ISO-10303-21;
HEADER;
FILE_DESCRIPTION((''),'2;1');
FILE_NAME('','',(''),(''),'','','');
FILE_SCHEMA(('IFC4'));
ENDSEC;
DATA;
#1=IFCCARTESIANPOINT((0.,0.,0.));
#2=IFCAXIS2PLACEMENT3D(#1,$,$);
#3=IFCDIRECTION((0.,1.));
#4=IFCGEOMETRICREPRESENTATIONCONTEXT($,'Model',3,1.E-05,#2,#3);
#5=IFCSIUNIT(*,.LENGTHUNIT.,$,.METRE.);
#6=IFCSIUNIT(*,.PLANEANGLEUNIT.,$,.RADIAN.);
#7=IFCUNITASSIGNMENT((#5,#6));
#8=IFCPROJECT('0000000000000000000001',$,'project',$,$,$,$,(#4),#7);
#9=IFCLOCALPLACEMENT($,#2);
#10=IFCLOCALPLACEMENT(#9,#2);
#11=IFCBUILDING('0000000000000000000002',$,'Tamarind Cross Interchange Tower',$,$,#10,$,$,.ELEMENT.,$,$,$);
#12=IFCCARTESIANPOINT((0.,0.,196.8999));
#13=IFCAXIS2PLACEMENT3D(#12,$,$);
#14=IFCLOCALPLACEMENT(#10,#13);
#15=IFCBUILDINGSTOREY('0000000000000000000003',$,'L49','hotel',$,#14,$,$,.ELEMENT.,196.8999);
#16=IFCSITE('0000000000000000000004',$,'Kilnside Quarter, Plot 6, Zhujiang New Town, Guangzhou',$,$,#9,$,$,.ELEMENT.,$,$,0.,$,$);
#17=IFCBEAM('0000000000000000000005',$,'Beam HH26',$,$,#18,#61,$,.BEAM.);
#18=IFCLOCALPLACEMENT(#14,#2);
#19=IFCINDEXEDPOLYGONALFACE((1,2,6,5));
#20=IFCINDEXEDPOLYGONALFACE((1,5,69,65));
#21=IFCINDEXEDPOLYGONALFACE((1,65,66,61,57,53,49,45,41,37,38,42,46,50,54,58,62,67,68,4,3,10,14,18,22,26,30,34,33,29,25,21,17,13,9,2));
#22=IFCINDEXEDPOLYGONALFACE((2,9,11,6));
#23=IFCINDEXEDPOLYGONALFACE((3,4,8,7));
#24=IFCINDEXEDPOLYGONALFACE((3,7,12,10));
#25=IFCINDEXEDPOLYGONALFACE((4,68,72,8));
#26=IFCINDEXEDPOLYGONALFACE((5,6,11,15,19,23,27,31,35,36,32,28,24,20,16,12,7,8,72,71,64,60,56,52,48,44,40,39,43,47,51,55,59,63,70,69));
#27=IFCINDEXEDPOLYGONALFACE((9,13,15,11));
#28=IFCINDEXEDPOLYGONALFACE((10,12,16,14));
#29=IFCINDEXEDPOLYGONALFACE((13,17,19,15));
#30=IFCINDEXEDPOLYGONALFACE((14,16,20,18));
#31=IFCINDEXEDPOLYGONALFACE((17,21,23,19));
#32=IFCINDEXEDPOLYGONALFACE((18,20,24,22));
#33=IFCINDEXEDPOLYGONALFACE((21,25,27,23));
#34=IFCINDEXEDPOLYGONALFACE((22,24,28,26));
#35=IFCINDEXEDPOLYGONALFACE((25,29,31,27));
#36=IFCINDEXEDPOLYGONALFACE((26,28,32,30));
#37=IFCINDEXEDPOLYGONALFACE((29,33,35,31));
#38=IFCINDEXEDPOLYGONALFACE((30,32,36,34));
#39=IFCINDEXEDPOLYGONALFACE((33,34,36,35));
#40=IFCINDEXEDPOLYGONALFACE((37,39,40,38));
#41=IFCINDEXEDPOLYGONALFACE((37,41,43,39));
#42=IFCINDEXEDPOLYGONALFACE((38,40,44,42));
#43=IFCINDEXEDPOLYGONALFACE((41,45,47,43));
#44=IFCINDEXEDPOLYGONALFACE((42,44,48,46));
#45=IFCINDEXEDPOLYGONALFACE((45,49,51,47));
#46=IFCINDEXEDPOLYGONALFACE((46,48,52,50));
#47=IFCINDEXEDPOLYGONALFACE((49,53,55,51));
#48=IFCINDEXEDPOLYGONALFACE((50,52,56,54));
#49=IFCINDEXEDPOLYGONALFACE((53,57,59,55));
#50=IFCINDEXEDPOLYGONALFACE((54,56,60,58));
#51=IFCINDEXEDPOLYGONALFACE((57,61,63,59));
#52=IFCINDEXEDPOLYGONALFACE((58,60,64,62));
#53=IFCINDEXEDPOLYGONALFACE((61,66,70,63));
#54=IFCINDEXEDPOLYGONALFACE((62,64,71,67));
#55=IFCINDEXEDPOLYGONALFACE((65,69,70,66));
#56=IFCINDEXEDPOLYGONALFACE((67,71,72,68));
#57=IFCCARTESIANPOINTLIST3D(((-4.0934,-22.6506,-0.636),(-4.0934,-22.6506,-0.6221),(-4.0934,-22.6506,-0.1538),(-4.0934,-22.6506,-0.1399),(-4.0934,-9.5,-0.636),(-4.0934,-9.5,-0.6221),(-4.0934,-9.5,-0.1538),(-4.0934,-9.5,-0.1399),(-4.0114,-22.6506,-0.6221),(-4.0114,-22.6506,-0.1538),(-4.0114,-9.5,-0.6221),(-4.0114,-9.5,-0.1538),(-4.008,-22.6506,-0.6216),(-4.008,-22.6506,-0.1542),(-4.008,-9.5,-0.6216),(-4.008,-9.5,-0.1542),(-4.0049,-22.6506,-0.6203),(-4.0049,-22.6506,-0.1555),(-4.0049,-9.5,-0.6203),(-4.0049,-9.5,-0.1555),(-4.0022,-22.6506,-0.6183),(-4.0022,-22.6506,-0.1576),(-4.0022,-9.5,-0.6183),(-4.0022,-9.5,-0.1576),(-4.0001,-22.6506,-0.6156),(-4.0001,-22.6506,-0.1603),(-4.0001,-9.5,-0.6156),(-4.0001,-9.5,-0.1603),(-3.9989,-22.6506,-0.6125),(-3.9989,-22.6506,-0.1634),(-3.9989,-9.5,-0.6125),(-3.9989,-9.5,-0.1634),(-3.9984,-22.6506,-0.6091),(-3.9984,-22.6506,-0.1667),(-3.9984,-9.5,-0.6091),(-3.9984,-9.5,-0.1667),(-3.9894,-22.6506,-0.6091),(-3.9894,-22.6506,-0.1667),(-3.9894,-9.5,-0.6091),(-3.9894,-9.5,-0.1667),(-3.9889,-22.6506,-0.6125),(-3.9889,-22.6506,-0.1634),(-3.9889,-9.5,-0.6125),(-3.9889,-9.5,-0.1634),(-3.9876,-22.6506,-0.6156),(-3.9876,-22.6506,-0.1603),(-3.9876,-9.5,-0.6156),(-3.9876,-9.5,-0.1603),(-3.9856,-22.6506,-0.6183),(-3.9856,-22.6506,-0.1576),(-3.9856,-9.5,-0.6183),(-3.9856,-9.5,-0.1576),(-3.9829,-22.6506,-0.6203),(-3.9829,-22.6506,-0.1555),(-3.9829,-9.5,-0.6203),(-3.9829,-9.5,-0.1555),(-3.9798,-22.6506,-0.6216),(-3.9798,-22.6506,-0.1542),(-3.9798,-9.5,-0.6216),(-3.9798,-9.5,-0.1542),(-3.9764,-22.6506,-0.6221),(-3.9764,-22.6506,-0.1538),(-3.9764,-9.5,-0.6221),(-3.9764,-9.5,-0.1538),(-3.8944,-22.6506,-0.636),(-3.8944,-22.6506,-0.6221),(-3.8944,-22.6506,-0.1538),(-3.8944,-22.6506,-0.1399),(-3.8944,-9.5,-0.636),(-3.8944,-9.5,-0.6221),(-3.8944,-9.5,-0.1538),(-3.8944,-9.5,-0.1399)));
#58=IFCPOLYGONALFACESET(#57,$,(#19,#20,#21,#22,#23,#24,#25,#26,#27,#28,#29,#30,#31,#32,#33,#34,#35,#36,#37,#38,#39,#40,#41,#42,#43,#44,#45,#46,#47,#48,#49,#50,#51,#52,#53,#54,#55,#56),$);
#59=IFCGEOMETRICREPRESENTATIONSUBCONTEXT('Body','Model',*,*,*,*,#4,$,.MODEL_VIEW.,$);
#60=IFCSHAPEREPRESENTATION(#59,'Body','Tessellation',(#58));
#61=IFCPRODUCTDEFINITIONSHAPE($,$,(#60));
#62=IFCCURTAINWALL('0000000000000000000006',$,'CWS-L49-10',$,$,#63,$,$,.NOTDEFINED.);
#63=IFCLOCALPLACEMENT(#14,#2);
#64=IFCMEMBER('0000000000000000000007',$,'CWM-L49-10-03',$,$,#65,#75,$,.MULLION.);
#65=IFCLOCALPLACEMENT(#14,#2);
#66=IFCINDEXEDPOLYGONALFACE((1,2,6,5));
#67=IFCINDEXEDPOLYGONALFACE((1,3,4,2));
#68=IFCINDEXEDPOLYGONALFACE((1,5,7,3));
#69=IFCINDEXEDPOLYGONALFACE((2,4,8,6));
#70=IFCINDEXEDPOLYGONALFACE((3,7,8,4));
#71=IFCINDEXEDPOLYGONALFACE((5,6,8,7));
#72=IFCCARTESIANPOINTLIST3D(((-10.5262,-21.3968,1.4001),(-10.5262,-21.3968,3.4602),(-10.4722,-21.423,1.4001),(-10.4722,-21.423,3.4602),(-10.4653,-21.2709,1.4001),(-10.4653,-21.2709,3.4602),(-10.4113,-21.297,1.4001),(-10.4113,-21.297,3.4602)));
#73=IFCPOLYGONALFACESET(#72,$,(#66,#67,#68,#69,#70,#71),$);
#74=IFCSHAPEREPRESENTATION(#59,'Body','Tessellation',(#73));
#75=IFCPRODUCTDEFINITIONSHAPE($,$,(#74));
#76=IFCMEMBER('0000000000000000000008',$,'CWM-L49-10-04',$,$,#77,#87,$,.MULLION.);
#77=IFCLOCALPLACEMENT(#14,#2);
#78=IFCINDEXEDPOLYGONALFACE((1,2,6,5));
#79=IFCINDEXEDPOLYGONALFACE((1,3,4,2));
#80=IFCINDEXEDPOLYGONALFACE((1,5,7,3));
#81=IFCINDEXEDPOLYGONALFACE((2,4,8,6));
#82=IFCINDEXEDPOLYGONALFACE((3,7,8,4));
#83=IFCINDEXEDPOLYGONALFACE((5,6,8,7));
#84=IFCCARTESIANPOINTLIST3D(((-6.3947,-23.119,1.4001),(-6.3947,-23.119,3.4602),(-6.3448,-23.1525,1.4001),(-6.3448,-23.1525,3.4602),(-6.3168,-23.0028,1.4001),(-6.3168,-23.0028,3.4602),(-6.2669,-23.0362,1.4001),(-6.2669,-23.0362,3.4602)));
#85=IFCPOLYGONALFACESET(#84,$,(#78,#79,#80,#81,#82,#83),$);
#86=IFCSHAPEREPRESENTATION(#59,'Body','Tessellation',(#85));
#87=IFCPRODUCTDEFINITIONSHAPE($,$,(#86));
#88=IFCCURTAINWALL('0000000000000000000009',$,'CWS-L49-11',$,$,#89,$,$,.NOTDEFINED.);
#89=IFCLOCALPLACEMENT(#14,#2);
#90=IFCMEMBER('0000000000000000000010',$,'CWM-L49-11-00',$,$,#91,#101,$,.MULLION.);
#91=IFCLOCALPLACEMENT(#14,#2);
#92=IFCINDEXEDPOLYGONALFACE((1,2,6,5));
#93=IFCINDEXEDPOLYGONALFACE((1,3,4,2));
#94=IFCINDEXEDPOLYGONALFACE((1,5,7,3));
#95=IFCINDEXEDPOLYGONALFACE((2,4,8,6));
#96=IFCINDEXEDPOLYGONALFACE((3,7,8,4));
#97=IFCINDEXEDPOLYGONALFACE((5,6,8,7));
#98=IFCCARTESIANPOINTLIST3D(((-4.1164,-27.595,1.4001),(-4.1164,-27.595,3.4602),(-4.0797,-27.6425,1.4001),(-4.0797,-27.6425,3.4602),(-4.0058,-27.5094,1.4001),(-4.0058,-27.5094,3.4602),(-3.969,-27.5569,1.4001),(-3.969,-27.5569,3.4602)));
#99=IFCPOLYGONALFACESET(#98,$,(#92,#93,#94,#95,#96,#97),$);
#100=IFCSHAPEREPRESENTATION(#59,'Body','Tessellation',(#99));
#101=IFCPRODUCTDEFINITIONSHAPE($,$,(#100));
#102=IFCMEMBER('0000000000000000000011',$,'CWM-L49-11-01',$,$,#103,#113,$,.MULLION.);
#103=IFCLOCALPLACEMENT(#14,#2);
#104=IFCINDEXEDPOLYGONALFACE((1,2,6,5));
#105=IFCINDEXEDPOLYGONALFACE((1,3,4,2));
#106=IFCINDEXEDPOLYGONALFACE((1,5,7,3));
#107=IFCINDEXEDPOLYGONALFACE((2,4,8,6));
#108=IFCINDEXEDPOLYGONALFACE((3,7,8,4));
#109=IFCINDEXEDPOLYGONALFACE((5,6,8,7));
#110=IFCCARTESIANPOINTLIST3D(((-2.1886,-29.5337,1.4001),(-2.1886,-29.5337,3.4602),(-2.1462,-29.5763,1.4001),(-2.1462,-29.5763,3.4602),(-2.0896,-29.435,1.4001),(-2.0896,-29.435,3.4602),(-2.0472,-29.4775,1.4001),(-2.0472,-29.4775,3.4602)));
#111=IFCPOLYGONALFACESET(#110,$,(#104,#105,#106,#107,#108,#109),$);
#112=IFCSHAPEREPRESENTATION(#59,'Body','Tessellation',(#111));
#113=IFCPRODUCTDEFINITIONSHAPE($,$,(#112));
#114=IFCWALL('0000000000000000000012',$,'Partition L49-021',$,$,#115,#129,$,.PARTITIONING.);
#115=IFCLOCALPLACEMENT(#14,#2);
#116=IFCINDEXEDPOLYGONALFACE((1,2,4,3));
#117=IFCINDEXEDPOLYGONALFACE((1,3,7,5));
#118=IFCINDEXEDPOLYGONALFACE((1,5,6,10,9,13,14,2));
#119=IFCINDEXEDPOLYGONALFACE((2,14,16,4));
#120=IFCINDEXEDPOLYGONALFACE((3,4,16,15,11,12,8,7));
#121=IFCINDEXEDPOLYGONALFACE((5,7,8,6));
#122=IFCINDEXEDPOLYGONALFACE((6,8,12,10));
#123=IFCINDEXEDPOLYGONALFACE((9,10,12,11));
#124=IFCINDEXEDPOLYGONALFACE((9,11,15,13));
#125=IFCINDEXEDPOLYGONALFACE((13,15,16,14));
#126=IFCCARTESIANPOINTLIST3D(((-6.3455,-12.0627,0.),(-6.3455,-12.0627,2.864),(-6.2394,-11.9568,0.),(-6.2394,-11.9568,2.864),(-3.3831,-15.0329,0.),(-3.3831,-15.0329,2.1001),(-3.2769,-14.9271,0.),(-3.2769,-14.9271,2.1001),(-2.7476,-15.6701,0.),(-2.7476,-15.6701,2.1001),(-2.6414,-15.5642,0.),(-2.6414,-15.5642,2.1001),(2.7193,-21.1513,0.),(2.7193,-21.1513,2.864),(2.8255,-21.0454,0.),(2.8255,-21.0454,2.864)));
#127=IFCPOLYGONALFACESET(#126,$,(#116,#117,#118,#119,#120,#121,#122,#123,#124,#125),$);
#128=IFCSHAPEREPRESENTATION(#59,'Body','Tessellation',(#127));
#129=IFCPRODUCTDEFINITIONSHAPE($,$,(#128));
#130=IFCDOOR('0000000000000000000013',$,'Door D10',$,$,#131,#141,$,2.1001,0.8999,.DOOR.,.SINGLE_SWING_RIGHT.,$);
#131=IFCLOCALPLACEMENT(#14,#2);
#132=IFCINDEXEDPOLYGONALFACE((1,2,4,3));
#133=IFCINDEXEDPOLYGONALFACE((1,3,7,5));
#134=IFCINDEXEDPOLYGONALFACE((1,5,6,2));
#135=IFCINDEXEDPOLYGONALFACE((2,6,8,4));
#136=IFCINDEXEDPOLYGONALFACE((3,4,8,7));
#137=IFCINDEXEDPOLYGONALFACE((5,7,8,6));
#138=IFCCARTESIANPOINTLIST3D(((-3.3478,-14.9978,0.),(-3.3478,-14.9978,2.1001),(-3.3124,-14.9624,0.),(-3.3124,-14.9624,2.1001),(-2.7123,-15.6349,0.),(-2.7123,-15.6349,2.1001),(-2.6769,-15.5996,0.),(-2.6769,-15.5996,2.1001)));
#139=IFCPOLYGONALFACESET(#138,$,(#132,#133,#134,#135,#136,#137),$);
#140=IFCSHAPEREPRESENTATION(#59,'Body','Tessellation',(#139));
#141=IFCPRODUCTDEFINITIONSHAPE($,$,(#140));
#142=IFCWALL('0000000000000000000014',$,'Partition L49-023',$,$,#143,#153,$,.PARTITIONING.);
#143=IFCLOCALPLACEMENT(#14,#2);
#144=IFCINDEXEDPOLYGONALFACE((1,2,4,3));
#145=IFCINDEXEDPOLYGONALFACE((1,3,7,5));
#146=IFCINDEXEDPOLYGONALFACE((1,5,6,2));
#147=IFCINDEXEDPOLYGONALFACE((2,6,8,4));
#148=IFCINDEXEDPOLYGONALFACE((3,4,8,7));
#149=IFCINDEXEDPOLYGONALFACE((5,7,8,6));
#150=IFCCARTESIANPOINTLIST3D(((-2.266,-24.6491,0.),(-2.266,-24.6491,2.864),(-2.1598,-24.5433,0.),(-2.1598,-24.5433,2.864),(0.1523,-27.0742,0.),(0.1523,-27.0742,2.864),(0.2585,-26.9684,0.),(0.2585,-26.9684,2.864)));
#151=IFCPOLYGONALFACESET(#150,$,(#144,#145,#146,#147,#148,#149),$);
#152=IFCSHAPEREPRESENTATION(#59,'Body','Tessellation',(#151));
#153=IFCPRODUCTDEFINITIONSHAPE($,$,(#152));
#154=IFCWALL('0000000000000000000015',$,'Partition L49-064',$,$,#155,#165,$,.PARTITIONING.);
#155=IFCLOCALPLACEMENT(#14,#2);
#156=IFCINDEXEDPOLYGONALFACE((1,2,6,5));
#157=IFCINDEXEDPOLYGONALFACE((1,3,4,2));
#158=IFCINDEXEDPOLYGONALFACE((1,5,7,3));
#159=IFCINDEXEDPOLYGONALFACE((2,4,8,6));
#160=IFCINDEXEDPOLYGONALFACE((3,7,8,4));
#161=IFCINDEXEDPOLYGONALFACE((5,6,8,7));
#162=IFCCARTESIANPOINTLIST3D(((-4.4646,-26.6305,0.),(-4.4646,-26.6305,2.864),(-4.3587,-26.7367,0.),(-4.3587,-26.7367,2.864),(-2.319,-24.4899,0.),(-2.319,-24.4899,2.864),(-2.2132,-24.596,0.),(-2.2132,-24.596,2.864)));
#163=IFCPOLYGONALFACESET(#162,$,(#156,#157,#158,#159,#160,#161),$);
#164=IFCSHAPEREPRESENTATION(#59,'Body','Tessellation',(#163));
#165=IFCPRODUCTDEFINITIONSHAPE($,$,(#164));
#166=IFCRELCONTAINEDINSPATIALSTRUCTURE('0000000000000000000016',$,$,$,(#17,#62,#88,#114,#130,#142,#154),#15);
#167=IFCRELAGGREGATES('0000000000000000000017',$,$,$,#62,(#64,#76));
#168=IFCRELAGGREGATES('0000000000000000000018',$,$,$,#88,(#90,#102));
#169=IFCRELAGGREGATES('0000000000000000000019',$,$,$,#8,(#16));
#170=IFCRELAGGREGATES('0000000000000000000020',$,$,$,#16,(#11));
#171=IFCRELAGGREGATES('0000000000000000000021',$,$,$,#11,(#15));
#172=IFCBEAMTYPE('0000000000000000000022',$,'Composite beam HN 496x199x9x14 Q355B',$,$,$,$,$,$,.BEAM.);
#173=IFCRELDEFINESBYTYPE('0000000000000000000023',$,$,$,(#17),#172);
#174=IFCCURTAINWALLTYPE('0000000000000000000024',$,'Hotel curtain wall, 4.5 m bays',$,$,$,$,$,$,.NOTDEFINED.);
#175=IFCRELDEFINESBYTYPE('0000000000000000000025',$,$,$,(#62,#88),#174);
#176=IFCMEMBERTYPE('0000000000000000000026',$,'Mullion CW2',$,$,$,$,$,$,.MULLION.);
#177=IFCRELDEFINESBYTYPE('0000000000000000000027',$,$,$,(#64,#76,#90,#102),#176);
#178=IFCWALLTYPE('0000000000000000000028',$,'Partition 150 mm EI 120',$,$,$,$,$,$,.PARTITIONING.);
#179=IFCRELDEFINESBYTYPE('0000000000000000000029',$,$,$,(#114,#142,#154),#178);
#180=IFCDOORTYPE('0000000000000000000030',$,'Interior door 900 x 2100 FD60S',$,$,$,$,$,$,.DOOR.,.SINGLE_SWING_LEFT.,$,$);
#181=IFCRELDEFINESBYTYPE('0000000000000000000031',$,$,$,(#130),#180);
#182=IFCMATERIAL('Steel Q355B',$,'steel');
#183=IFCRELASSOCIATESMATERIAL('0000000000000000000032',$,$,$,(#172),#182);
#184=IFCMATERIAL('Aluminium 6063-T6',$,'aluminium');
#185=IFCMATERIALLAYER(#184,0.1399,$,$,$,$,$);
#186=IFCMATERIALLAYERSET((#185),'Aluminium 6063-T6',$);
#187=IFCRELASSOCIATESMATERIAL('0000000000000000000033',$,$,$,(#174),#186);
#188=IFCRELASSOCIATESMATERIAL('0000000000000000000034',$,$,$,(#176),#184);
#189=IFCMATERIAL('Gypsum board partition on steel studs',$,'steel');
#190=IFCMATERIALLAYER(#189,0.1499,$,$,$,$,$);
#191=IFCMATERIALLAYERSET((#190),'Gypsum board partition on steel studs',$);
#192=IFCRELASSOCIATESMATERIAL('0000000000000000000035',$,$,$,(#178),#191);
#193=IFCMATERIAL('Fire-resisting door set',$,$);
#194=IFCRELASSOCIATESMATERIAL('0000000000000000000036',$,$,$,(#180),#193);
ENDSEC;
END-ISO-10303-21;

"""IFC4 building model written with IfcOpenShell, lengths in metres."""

from ifc_helpers import new_model, si_unit, direction, frame, frame_2d, origin, origin_2d, place, context, subcontext, project, spatial, rectangle, i_section, extrude, material, layer, layer_set, material_profile, profile_set, type_object, element, fill, aggregate, save


model = new_model("IFC4")

# Units and contexts
model_context = context("Model", 3, precision=1e-05, world=origin(), true_north=direction((0.0, 1.0)))
body_context = subcontext(model_context, "Body", "Model", "MODEL_VIEW")
ifc_project = project(units=[si_unit("LENGTHUNIT", "METRE"), si_unit("PLANEANGLEUNIT", "RADIAN")], contexts=[model_context])

# Site, building, storey
site_placement = place(None, origin())
site = spatial("IfcSite", under=ifc_project, at=site_placement, Name="Kilnside Quarter, Plot 6, Zhujiang New Town, Guangzhou", CompositionType="ELEMENT", RefElevation=0.0)
building_placement = place(site_placement, origin())
building = spatial("IfcBuilding", under=site, at=building_placement, Name="Tamarind Cross Interchange Tower", CompositionType="ELEMENT")
storey_placement = place(building_placement, frame((0.0, 0.0, 196.8999)))
storey = spatial("IfcBuildingStorey", under=building, at=storey_placement, Name="L49", Description="hotel", CompositionType="ELEMENT", Elevation=196.8999)

# Beam
ifc_material_1 = material(Name="Steel Q355B", Category="steel")
ifc_material_profile_1 = material_profile(ifc_material_1, i_section(OverallWidth=0.199, OverallDepth=0.4961, WebThickness=0.009, FlangeThickness=0.0139, FilletRadius=0.0129, at=origin_2d()), Name="HN 496x199x9x14")
ifc_profile_set_1 = profile_set([ifc_material_profile_1], Name="Steel Q355B")
beam_type = type_object("IfcBeamType", Name="Composite beam HN 496x199x9x14 Q355B", PredefinedType="BEAM", material=ifc_profile_set_1)
beam_1_placement = place(storey_placement, frame((-3.9939, -22.6506, -0.3879), z_axis=(0.0, 1.0, 0.0), x_axis=(-1.0, 0.0, 0.0)))
element("IfcBeam", 1, at=beam_1_placement, inside=storey, type_object=beam_type, Name="Beam HH26", PredefinedType="BEAM", context=body_context, shape_type="SweptSolid", body=[
    extrude(i_section(OverallWidth=0.199, OverallDepth=0.4961, WebThickness=0.009, FlangeThickness=0.0139, FilletRadius=0.0129, at=origin_2d()), origin(), (0.0, 0.0, 1.0), 13.1506),
])

# Curtain walls, members
ifc_material_2 = material(Name="Aluminium 6063-T6", Category="aluminium")
ifc_layer_1 = layer(ifc_material_2, 0.1399)
ifc_layer_set_1 = layer_set([ifc_layer_1], Name="Aluminium 6063-T6")
curtain_wall_type = type_object("IfcCurtainWallType", Name="Hotel curtain wall, 4.5 m bays", PredefinedType="NOTDEFINED", material=ifc_layer_set_1)
curtain_wall_1_placement = place(storey_placement, origin())
curtain_wall_1 = element("IfcCurtainWall", 2, at=curtain_wall_1_placement, inside=storey, type_object=curtain_wall_type, Name="CWS-L49-10", PredefinedType="NOTDEFINED")
ifc_material_profile_2 = material_profile(ifc_material_2, rectangle(XDim=0.0601, YDim=0.1399, at=origin_2d()), Name="Mullion CW2")
ifc_profile_set_2 = profile_set([ifc_material_profile_2], Name="Aluminium 6063-T6")
member_type = type_object("IfcMemberType", Name="Mullion CW2", PredefinedType="MULLION", material=ifc_profile_set_2)
member_1_placement = place(storey_placement, frame((-10.4688, -21.3469, 1.4001), z_axis=(0.0, 0.0, 1.0), x_axis=(0.900273, -0.435326, 0.0)))
member_1 = element("IfcMember", 3, at=member_1_placement, type_object=member_type, Name="CWM-L49-10-03", PredefinedType="MULLION", context=body_context, shape_type="SweptSolid", body=[
    extrude(rectangle(XDim=0.0601, YDim=0.1399, at=origin_2d()), origin(), (0.0, 0.0, 1.0), 2.0601),
])
member_2_placement = place(storey_placement, frame((-6.3308, -23.0776, 1.4001), z_axis=(0.0, 0.0, 1.0), x_axis=(0.830712, -0.556702, 0.0)))
member_2 = element("IfcMember", 4, at=member_2_placement, type_object=member_type, Name="CWM-L49-10-04", PredefinedType="MULLION", context=body_context, shape_type="SweptSolid", body=[
    extrude(rectangle(XDim=0.0601, YDim=0.1399, at=origin_2d()), origin(), (0.0, 0.0, 1.0), 2.0601),
])
aggregate(curtain_wall_1, [member_1, member_2])
curtain_wall_2_placement = place(storey_placement, origin())
curtain_wall_2 = element("IfcCurtainWall", 5, at=curtain_wall_2_placement, inside=storey, type_object=curtain_wall_type, Name="CWS-L49-11", PredefinedType="NOTDEFINED")
member_3_placement = place(storey_placement, frame((-4.0427, -27.5759, 1.4001), z_axis=(0.0, 0.0, 1.0), x_axis=(0.611631, -0.791143, 0.0)))
member_3 = element("IfcMember", 6, at=member_3_placement, type_object=member_type, Name="CWM-L49-11-00", PredefinedType="MULLION", context=body_context, shape_type="SweptSolid", body=[
    extrude(rectangle(XDim=0.0601, YDim=0.1399, at=origin_2d()), origin(), (0.0, 0.0, 1.0), 2.0601),
])
member_4_placement = place(storey_placement, frame((-2.1179, -29.5056, 1.4001), z_axis=(0.0, 0.0, 1.0), x_axis=(0.706198, -0.708015, 0.0)))
member_4 = element("IfcMember", 7, at=member_4_placement, type_object=member_type, Name="CWM-L49-11-01", PredefinedType="MULLION", context=body_context, shape_type="SweptSolid", body=[
    extrude(rectangle(XDim=0.0601, YDim=0.1399, at=origin_2d()), origin(), (0.0, 0.0, 1.0), 2.0601),
])
aggregate(curtain_wall_2, [member_3, member_4])

# Wall, opening, door
ifc_material_3 = material(Name="Gypsum board partition on steel studs", Category="steel")
ifc_layer_2 = layer(ifc_material_3, 0.1499)
ifc_layer_set_2 = layer_set([ifc_layer_2], Name="Gypsum board partition on steel studs")
wall_type_1 = type_object("IfcWallType", Name="Partition 150 mm EI 120", PredefinedType="PARTITIONING", material=ifc_layer_set_2)
wall_1_placement = place(storey_placement, frame((-6.2925, -12.0098, 0.0), z_axis=(0.0, 0.0, 1.0), x_axis=(0.706184, -0.708029, 0.0)))
wall_1 = element("IfcWall", 8, at=wall_1_placement, inside=storey, type_object=wall_type_1, Name="Partition L49-021", PredefinedType="PARTITIONING", context=body_context, shape_type="SweptSolid", body=[
    extrude(rectangle(XDim=12.8364, YDim=0.1499, at=frame_2d((6.4182, 0.0))), origin(), (0.0, 0.0, 1.0), 2.864),
])
opening_1_placement = place(wall_1_placement, frame((4.1951, 0.0, 0.0)))
opening_1 = element("IfcOpeningElement", 9, at=opening_1_placement, cuts=wall_1, PredefinedType="OPENING", context=body_context, shape_type="SweptSolid", body=[
    extrude(rectangle(XDim=0.8999, YDim=2.1001, at=frame_2d((0.45, 1.05))), frame((0.0, 0.085, 0.0), z_axis=(0.0, -1.0, 0.0), x_axis=(1.0, 0.0, 0.0)), (0.0, 0.0, 1.0), 0.1699),
])
ifc_material_4 = material(Name="Fire-resisting door set")
door_type_1 = type_object("IfcDoorType", Name="Interior door 900 x 2100 FD60S", OperationType="SINGLE_SWING_LEFT", PredefinedType="DOOR", material=ifc_material_4)
door_1_placement = place(opening_1_placement, origin())
door_1 = element("IfcDoor", 10, at=door_1_placement, inside=storey, type_object=door_type_1, Name="Door D10", OperationType="SINGLE_SWING_RIGHT", OverallHeight=2.1001, OverallWidth=0.8999, PredefinedType="DOOR", context=body_context, shape_type="SweptSolid", body=[
    extrude(rectangle(XDim=0.8999, YDim=2.1001, at=frame_2d((0.45, 1.05))), frame((0.0, 0.0249, 0.0), z_axis=(0.0, -1.0, 0.0), x_axis=(1.0, 0.0, 0.0)), (0.0, 0.0, 1.0), 0.05),
])
fill(opening_1, door_1)

# Walls
wall_2_placement = place(storey_placement, frame((-2.2129, -24.5962, 0.0), z_axis=(0.0, 0.0, 1.0), x_axis=(0.706108, -0.708104, 0.0)))
element("IfcWall", 11, at=wall_2_placement, inside=storey, type_object=wall_type_1, Name="Partition L49-023", PredefinedType="PARTITIONING", context=body_context, shape_type="SweptSolid", body=[
    extrude(rectangle(XDim=3.4248, YDim=0.1499, at=frame_2d((1.7124, 0.0))), origin(), (0.0, 0.0, 1.0), 2.864),
])
wall_3_placement = place(storey_placement, frame((-4.4116, -26.6836, 0.0), z_axis=(0.0, 0.0, 1.0), x_axis=(0.707912, 0.706301, 0.0)))
element("IfcWall", 12, at=wall_3_placement, inside=storey, type_object=wall_type_1, Name="Partition L49-064", PredefinedType="PARTITIONING", context=body_context, shape_type="SweptSolid", body=[
    extrude(rectangle(XDim=3.0308, YDim=0.1499, at=frame_2d((1.5154, 0.0))), origin(), (0.0, 0.0, 1.0), 2.864),
])

save(model, "model.ifc")
